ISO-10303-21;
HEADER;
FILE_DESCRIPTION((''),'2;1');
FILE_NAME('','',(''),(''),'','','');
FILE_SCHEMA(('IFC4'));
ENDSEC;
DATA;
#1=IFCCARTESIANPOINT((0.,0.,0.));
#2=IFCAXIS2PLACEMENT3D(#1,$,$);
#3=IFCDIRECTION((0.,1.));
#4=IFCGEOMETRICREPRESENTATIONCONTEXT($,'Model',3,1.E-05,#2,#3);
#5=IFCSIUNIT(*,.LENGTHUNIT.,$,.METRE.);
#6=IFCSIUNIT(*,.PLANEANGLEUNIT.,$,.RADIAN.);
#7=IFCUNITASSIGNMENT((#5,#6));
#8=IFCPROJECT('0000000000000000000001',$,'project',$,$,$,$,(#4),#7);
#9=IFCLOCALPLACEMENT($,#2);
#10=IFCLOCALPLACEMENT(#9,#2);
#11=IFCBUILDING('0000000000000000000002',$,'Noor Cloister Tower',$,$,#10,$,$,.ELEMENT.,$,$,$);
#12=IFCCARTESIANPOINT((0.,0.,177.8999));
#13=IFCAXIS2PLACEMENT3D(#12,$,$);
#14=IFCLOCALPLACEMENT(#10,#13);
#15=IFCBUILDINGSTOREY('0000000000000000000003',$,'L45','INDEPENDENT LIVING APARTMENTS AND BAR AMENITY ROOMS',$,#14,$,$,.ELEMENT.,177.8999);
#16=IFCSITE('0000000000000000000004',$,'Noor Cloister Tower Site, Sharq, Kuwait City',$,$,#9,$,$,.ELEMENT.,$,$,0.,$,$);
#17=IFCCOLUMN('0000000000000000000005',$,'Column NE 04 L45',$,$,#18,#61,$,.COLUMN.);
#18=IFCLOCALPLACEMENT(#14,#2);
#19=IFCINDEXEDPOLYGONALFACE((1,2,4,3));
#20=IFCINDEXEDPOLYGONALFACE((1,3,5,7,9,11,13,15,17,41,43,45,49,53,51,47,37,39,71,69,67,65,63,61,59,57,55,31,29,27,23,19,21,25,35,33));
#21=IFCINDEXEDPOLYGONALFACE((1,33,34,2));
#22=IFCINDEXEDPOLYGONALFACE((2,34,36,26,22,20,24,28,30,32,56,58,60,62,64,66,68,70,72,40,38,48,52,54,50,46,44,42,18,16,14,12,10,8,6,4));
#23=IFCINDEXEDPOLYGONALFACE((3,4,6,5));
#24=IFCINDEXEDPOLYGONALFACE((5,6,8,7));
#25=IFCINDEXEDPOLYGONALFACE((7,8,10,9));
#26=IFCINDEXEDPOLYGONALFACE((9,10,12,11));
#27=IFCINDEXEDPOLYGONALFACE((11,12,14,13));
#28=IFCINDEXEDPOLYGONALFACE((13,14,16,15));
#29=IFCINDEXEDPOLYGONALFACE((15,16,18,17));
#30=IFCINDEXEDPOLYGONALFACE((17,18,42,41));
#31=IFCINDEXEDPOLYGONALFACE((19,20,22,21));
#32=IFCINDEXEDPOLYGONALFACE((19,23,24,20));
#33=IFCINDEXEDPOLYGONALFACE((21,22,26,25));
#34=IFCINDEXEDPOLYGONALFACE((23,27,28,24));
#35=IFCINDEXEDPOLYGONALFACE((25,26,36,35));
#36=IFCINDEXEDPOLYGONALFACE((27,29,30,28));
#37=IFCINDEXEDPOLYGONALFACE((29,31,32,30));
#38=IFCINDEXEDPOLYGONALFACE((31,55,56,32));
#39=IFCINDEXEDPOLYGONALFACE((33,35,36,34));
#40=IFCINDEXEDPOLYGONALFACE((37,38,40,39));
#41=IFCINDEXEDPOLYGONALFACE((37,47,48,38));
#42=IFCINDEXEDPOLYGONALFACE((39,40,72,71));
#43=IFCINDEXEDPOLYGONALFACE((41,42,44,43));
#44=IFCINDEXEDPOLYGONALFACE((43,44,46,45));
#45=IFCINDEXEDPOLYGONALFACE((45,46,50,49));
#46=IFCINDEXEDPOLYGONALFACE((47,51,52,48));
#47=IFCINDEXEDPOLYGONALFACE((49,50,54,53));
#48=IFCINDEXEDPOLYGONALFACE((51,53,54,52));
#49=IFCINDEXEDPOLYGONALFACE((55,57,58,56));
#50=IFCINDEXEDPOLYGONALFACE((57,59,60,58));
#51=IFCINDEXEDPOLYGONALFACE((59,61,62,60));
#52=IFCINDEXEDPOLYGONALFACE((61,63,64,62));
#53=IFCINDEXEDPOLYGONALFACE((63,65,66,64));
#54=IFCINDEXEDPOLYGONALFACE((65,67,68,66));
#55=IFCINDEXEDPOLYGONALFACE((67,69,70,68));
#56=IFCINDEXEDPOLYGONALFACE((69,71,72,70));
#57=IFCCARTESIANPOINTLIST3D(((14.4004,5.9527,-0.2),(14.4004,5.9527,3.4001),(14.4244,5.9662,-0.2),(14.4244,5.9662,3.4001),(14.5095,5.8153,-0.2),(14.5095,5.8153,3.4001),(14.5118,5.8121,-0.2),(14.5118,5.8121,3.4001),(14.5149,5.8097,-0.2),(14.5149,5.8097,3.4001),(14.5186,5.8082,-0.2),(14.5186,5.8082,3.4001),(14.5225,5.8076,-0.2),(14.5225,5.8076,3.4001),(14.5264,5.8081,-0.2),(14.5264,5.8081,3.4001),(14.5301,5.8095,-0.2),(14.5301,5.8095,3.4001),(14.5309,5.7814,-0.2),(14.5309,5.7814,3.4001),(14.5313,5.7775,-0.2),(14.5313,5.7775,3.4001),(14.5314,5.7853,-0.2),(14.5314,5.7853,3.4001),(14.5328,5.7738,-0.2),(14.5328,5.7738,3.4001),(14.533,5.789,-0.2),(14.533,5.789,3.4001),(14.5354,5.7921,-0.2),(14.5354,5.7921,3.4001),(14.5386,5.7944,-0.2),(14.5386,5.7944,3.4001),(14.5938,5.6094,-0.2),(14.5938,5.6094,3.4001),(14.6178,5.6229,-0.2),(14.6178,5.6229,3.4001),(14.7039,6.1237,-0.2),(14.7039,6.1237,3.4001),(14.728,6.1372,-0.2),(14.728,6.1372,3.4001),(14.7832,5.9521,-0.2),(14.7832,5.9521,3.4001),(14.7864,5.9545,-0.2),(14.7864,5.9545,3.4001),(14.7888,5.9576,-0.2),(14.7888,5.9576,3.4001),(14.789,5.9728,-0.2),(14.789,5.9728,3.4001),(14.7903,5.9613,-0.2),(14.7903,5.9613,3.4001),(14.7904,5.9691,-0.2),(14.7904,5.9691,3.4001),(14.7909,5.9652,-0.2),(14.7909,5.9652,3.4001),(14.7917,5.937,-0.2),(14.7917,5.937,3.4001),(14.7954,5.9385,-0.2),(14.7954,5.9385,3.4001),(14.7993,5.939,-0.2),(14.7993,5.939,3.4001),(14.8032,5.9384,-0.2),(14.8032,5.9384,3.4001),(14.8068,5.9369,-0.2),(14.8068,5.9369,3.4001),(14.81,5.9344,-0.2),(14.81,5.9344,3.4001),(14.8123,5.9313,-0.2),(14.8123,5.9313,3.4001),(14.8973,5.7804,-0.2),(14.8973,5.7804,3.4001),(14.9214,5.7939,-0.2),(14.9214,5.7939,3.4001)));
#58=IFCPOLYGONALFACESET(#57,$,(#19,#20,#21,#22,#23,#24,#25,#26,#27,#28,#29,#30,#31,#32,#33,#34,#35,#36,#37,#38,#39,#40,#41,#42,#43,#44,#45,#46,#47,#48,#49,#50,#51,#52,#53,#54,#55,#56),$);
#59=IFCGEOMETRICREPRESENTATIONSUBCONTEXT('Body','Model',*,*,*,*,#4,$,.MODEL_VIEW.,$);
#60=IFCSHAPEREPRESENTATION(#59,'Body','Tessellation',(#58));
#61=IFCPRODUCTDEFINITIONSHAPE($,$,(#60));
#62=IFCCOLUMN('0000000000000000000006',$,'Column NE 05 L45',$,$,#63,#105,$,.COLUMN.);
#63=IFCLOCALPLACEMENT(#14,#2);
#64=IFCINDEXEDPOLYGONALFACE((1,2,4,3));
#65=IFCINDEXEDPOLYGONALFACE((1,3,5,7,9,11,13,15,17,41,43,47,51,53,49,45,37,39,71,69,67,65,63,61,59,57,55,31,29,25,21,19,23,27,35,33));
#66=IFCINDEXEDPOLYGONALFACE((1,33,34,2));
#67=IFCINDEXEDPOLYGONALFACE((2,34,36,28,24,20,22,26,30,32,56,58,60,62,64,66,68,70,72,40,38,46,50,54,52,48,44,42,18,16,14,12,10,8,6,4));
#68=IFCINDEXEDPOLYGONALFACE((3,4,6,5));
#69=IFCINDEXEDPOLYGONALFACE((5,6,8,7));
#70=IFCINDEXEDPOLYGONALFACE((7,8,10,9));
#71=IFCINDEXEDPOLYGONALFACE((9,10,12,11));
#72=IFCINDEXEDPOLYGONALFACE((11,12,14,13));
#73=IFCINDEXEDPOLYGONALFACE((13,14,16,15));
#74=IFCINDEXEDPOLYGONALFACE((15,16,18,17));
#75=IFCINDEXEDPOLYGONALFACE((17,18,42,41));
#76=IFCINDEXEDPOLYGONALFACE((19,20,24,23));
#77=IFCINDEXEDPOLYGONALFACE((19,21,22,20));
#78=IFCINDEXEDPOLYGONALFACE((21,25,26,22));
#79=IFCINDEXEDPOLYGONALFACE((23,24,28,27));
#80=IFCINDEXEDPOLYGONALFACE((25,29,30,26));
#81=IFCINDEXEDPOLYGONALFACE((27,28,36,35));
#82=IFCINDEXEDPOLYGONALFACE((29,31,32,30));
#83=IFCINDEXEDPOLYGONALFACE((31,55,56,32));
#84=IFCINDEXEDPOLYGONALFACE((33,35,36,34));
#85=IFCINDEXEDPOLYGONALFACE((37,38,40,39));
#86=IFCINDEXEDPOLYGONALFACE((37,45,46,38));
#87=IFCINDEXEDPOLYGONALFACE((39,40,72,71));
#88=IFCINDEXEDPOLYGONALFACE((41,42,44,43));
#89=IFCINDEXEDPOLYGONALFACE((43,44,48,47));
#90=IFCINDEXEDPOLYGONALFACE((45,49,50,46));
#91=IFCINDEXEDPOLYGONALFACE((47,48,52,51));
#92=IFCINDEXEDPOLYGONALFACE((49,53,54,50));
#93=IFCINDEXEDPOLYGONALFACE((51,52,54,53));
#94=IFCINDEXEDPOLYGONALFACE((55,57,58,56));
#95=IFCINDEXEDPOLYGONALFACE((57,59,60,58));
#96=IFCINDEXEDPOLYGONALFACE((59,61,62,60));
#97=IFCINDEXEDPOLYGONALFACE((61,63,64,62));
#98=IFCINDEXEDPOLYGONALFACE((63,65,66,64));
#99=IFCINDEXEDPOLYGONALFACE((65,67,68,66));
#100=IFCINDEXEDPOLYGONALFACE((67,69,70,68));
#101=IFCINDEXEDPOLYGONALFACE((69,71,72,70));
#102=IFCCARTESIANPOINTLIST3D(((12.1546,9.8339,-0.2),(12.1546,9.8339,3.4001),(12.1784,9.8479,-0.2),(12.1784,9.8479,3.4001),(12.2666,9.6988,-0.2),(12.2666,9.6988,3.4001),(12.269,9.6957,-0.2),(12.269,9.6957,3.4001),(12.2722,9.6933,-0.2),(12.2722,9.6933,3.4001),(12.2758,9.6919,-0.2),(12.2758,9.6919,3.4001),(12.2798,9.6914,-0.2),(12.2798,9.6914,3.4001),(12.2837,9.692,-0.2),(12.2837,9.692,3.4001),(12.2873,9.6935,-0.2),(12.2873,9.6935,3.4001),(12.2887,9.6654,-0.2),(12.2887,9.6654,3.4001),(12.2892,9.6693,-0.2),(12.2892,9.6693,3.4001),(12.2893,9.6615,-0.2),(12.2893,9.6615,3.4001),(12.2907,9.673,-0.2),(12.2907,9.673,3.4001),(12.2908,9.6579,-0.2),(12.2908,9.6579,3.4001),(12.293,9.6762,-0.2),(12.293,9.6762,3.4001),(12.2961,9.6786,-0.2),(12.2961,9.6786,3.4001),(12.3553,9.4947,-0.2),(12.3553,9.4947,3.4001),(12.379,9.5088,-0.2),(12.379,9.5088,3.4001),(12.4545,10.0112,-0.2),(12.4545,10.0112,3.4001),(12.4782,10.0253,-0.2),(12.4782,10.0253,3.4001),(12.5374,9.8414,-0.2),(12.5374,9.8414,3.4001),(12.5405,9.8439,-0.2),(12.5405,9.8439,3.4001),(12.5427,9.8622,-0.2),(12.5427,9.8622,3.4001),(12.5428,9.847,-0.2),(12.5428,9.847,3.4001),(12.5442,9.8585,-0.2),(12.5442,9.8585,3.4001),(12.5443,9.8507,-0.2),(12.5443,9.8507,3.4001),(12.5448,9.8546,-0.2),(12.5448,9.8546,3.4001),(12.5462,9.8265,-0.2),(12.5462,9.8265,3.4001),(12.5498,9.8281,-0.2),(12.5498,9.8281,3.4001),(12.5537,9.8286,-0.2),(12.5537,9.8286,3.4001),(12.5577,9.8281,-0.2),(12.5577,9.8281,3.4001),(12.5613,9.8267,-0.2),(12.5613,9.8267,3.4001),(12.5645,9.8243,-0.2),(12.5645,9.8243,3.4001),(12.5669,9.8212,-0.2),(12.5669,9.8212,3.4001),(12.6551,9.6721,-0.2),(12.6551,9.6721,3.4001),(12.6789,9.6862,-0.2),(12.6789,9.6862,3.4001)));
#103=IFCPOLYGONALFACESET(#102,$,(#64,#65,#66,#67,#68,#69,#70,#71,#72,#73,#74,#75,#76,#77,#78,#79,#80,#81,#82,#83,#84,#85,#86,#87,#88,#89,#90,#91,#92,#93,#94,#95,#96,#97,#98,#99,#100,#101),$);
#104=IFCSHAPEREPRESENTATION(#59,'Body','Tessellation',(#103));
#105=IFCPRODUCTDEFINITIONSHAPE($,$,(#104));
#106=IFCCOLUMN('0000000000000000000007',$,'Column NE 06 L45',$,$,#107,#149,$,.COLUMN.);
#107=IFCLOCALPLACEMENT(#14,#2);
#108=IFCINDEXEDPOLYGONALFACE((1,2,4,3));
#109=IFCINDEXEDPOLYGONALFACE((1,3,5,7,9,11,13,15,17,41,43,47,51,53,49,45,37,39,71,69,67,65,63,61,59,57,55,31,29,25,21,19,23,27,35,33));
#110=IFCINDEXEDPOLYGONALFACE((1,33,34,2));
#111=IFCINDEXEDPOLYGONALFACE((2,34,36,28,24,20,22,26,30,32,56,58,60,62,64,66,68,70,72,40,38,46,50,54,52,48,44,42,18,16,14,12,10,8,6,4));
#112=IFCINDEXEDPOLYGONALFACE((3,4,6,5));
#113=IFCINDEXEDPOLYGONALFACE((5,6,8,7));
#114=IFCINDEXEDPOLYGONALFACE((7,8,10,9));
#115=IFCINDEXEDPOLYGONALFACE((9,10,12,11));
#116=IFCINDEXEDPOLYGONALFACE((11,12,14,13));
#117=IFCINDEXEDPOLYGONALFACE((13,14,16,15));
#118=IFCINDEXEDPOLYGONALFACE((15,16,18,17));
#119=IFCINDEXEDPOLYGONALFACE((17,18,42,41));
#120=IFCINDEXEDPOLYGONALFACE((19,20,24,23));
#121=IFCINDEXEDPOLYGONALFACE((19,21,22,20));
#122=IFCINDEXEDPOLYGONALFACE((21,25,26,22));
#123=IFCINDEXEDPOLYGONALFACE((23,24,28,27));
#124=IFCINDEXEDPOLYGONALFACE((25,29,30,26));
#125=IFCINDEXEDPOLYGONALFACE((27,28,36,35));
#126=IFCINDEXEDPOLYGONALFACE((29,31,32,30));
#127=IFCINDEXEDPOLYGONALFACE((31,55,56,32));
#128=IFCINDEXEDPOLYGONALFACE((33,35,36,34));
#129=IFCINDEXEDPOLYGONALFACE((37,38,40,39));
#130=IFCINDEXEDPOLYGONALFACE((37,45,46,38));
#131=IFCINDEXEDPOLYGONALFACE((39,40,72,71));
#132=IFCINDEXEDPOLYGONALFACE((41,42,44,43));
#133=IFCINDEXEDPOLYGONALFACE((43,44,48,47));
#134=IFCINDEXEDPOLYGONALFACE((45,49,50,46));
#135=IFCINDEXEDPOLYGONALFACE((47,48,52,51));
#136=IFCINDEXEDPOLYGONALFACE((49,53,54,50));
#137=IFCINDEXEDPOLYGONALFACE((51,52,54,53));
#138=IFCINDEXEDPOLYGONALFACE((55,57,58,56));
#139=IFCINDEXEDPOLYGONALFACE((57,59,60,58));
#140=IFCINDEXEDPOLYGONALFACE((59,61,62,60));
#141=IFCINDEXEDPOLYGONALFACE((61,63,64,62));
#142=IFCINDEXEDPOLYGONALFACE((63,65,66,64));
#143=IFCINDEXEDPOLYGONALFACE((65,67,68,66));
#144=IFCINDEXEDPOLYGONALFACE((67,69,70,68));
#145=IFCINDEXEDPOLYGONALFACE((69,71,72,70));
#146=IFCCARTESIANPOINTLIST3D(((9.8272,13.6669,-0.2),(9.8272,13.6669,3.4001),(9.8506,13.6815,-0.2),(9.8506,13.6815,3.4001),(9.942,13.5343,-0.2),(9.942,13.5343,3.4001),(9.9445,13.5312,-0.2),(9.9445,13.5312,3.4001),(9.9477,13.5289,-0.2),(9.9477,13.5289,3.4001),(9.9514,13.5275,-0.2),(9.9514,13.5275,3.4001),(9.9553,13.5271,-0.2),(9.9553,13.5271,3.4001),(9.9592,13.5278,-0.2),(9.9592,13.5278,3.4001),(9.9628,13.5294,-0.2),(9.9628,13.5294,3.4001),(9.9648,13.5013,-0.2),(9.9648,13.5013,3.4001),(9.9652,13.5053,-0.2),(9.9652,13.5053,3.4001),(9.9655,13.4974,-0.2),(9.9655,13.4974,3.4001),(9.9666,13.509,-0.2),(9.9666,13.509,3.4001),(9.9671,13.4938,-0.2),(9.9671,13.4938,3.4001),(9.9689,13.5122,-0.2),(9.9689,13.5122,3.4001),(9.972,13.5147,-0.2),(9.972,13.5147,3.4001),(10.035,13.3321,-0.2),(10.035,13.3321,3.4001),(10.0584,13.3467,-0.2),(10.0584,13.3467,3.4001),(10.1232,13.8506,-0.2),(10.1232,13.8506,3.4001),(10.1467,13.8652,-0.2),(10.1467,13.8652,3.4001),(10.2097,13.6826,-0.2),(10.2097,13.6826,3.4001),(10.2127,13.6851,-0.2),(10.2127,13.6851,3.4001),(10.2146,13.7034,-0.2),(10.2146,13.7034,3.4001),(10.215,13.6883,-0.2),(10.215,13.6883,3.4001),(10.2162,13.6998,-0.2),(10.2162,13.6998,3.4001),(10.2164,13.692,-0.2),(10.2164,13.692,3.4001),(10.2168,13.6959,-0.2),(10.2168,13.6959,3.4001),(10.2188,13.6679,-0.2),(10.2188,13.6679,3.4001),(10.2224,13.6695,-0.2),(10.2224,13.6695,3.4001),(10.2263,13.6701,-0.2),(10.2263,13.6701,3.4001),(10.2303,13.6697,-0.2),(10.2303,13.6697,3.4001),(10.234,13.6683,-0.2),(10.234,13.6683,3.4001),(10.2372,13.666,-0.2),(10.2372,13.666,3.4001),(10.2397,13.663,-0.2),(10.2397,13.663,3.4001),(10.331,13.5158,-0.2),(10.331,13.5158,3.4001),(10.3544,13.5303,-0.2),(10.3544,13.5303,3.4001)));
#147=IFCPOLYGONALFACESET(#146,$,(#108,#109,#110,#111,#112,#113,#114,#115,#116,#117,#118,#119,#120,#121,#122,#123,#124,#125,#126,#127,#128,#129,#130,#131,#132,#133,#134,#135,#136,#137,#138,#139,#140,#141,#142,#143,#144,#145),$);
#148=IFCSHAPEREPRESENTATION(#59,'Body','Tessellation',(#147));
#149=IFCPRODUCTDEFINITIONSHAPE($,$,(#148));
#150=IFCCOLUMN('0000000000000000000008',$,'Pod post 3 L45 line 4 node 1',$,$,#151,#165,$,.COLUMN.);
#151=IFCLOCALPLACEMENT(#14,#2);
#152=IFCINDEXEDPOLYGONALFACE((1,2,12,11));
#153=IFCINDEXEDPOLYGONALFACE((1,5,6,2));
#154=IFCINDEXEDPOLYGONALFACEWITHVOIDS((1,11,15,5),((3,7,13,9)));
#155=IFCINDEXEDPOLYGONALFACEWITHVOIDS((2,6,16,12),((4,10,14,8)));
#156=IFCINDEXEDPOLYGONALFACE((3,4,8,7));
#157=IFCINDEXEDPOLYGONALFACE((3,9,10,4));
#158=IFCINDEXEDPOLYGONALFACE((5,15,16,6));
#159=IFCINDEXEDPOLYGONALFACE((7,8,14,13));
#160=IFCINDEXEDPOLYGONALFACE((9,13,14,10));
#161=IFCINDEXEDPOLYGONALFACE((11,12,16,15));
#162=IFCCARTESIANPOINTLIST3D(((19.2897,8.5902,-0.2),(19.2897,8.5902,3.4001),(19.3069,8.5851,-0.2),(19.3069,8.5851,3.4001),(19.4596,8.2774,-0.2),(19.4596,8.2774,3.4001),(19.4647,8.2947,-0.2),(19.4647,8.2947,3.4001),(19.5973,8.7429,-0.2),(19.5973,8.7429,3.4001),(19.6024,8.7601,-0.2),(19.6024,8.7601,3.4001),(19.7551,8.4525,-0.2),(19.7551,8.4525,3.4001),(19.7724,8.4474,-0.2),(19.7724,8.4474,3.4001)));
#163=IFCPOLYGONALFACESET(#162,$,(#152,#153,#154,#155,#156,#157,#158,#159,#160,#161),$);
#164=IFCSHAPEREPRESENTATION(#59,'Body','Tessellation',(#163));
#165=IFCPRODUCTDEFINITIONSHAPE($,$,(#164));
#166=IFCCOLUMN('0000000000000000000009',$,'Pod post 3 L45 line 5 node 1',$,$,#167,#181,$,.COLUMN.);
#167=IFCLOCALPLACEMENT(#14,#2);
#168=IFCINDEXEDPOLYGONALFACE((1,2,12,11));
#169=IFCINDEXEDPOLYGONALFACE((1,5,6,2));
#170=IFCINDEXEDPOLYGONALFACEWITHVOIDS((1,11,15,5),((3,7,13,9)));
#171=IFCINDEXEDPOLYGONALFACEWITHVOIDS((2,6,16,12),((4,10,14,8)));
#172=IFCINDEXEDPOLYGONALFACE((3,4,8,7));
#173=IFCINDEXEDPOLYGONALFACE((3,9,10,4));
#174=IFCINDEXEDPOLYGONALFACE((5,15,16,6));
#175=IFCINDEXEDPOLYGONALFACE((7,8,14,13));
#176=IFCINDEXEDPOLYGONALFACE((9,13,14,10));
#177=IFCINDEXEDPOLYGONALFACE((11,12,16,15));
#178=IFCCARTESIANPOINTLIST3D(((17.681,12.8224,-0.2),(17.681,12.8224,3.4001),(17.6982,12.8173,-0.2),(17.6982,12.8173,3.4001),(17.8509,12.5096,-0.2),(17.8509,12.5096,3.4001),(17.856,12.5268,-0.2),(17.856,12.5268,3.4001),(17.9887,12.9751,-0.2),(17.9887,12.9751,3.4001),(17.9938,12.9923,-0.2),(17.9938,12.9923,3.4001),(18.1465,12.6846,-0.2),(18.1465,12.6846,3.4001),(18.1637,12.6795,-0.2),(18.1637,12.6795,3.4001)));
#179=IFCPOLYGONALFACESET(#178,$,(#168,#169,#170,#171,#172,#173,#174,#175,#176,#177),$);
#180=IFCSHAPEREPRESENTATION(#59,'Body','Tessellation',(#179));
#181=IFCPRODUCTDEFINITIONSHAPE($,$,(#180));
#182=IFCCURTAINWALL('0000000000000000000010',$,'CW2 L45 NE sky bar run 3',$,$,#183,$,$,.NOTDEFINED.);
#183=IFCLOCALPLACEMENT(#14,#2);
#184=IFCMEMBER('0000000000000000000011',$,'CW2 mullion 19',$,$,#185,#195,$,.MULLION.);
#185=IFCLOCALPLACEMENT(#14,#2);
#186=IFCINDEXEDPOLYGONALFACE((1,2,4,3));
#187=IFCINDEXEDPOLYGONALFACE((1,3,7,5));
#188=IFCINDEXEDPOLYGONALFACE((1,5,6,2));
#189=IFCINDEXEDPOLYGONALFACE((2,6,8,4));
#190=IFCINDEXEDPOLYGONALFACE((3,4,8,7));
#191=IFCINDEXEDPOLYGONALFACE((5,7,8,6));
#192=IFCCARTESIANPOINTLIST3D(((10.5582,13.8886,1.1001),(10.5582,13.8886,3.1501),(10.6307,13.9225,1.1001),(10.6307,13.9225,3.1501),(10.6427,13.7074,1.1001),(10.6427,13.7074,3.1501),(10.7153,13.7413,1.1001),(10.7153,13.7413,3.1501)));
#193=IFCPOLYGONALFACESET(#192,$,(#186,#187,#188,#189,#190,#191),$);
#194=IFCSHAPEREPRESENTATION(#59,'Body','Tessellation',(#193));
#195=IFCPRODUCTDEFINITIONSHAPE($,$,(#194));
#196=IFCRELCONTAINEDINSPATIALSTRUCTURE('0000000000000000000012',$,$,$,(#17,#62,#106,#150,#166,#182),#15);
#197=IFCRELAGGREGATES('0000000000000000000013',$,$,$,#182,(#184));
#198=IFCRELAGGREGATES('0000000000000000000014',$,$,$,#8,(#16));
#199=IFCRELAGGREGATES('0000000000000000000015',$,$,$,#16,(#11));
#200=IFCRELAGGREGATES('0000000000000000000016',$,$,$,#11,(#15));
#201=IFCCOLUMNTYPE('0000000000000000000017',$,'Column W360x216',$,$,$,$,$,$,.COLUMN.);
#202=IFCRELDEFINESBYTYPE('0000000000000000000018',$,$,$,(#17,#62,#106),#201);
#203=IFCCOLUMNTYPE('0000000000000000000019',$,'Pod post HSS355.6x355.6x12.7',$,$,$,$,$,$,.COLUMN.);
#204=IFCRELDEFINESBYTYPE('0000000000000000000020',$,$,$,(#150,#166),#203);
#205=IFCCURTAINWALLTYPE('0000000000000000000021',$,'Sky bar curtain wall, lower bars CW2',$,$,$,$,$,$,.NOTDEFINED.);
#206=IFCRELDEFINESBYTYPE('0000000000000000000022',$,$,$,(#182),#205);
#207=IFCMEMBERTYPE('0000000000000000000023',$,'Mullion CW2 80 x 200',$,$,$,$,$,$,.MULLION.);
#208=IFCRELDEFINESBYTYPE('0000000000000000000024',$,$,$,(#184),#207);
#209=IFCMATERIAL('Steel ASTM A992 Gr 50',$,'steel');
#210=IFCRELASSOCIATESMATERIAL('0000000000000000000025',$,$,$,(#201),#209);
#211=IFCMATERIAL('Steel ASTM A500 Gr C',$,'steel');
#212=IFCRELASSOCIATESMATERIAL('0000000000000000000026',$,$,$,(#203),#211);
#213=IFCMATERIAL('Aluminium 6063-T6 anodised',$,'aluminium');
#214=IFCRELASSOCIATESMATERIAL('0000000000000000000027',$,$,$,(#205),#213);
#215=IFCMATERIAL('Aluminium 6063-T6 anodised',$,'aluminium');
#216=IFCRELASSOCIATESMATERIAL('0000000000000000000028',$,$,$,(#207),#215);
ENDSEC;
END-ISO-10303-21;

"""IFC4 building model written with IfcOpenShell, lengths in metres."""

from ifc_helpers import new_model, si_unit, direction, frame, origin, origin_2d, place, context, subcontext, project, spatial, rectangle, hollow_rectangle, i_section, extrude, material, material_profile, profile_set, type_object, element, aggregate, save


model = new_model("IFC4")

# Units and contexts
model_context = context("Model", 3, precision=1e-05, world=origin(), true_north=direction((0.0, 1.0)))
body_context = subcontext(model_context, "Body", "Model", "MODEL_VIEW")
ifc_project = project(units=[si_unit("LENGTHUNIT", "METRE"), si_unit("PLANEANGLEUNIT", "RADIAN")], contexts=[model_context])

# Site, building, storey
site_placement = place(None, origin())
site = spatial("IfcSite", under=ifc_project, at=site_placement, Name="Noor Cloister Tower Site, Sharq, Kuwait City", CompositionType="ELEMENT", RefElevation=0.0)
building_placement = place(site_placement, origin())
building = spatial("IfcBuilding", under=site, at=building_placement, Name="Noor Cloister Tower", CompositionType="ELEMENT")
storey_placement = place(building_placement, frame((0.0, 0.0, 177.8999)))
storey = spatial("IfcBuildingStorey", under=building, at=storey_placement, Name="L45", Description="INDEPENDENT LIVING APARTMENTS AND BAR AMENITY ROOMS", CompositionType="ELEMENT", Elevation=177.8999)

# Columns
ifc_material_1 = material(Name="Steel ASTM A992 Gr 50", Category="steel")
ifc_material_profile_1 = material_profile(ifc_material_1, i_section(OverallWidth=0.394, OverallDepth=0.376, WebThickness=0.0173, FlangeThickness=0.0276, FilletRadius=0.0151, at=origin_2d()), Name="W360x216")
ifc_profile_set_1 = profile_set([ifc_material_profile_1], Name="Steel ASTM A992 Gr 50")
column_type_1 = type_object("IfcColumnType", Name="Column W360x216", PredefinedType="COLUMN", material=ifc_profile_set_1)
for number, where, z_axis, x_axis, name in (
    (1, (14.6609, 5.8733, -0.2), (0.0, 0.0, 1.0), (-0.4908, 0.871272, 0.0), "Column NE 04 L45"),
    (2, (12.4167, 9.76, -0.2), (0.0, 0.0, 1.0), (-0.509144, 0.860682, 0.0), "Column NE 05 L45"),
    (3, (10.0908, 13.5986, -0.2), (0.0, 0.0, 1.0), (-0.527259, 0.849705, 0.0), "Column NE 06 L45"),
):
    element("IfcColumn", number, at=place(storey_placement, frame(where, z_axis=z_axis, x_axis=x_axis)), inside=storey, type_object=column_type_1, Name=name, PredefinedType="COLUMN", context=body_context, shape_type="SweptSolid", body=[
        extrude(i_section(OverallWidth=0.394, OverallDepth=0.376, WebThickness=0.0173, FlangeThickness=0.0276, FilletRadius=0.0151, at=origin_2d()), origin(), (0.0, 0.0, 1.0), 3.6001),
    ])
ifc_material_2 = material(Name="Steel ASTM A500 Gr C", Category="steel")
ifc_material_profile_2 = material_profile(ifc_material_2, hollow_rectangle(XDim=0.356, YDim=0.356, WallThickness=0.0127, at=origin_2d()), Name="HSS355.6x355.6x12.7")
ifc_profile_set_2 = profile_set([ifc_material_profile_2], Name="Steel ASTM A500 Gr C")
column_type_2 = type_object("IfcColumnType", Name="Pod post HSS355.6x355.6x12.7", PredefinedType="COLUMN", material=ifc_profile_set_2)
for number, where, z_axis, x_axis, name in (
    (4, (19.531, 8.5188, -0.2), (0.0, 0.0, 1.0), (0.878722, 0.477334, 0.0), "Pod post 3 L45 line 4 node 1"),
    (5, (17.9224, 12.751, -0.2), (0.0, 0.0, 1.0), (0.878722, 0.477334, 0.0), "Pod post 3 L45 line 5 node 1"),
):
    element("IfcColumn", number, at=place(storey_placement, frame(where, z_axis=z_axis, x_axis=x_axis)), inside=storey, type_object=column_type_2, Name=name, PredefinedType="COLUMN", context=body_context, shape_type="SweptSolid", body=[
        extrude(hollow_rectangle(XDim=0.356, YDim=0.356, WallThickness=0.0127, at=origin_2d()), origin(), (0.0, 0.0, 1.0), 3.6001),
    ])

# Curtain wall, member
ifc_material_3 = material(Name="Aluminium 6063-T6 anodised", Category="aluminium")
curtain_wall_type_1 = type_object("IfcCurtainWallType", Name="Sky bar curtain wall, lower bars CW2", PredefinedType="NOTDEFINED", material=ifc_material_3)
curtain_wall_1_placement = place(storey_placement, origin())
curtain_wall_1 = element("IfcCurtainWall", 6, at=curtain_wall_1_placement, inside=storey, type_object=curtain_wall_type_1, Name="CW2 L45 NE sky bar run 3", PredefinedType="NOTDEFINED")
ifc_material_4 = material(Name="Aluminium 6063-T6 anodised", Category="aluminium")
ifc_material_profile_3 = material_profile(ifc_material_4, rectangle(XDim=0.2, YDim=0.0801, at=origin_2d()), Name="200 x 80 mullion")
ifc_profile_set_3 = profile_set([ifc_material_profile_3], Name="Aluminium 6063-T6 anodised")
member_type_1 = type_object("IfcMemberType", Name="Mullion CW2 80 x 200", PredefinedType="MULLION", material=ifc_profile_set_3)
member_1_placement = place(storey_placement, frame((10.6367, 13.8149, 1.1001), z_axis=(0.0, 0.0, 1.0), x_axis=(0.42267, -0.906284, 0.0)))
member_1 = element("IfcMember", 7, at=member_1_placement, type_object=member_type_1, Name="CW2 mullion 19", PredefinedType="MULLION", context=body_context, shape_type="SweptSolid", body=[
    extrude(rectangle(XDim=0.2, YDim=0.0801, at=origin_2d()), origin(), (0.0, 0.0, 1.0), 2.05),
])

aggregate(curtain_wall_1, [member_1])

save(model, "model.ifc")
